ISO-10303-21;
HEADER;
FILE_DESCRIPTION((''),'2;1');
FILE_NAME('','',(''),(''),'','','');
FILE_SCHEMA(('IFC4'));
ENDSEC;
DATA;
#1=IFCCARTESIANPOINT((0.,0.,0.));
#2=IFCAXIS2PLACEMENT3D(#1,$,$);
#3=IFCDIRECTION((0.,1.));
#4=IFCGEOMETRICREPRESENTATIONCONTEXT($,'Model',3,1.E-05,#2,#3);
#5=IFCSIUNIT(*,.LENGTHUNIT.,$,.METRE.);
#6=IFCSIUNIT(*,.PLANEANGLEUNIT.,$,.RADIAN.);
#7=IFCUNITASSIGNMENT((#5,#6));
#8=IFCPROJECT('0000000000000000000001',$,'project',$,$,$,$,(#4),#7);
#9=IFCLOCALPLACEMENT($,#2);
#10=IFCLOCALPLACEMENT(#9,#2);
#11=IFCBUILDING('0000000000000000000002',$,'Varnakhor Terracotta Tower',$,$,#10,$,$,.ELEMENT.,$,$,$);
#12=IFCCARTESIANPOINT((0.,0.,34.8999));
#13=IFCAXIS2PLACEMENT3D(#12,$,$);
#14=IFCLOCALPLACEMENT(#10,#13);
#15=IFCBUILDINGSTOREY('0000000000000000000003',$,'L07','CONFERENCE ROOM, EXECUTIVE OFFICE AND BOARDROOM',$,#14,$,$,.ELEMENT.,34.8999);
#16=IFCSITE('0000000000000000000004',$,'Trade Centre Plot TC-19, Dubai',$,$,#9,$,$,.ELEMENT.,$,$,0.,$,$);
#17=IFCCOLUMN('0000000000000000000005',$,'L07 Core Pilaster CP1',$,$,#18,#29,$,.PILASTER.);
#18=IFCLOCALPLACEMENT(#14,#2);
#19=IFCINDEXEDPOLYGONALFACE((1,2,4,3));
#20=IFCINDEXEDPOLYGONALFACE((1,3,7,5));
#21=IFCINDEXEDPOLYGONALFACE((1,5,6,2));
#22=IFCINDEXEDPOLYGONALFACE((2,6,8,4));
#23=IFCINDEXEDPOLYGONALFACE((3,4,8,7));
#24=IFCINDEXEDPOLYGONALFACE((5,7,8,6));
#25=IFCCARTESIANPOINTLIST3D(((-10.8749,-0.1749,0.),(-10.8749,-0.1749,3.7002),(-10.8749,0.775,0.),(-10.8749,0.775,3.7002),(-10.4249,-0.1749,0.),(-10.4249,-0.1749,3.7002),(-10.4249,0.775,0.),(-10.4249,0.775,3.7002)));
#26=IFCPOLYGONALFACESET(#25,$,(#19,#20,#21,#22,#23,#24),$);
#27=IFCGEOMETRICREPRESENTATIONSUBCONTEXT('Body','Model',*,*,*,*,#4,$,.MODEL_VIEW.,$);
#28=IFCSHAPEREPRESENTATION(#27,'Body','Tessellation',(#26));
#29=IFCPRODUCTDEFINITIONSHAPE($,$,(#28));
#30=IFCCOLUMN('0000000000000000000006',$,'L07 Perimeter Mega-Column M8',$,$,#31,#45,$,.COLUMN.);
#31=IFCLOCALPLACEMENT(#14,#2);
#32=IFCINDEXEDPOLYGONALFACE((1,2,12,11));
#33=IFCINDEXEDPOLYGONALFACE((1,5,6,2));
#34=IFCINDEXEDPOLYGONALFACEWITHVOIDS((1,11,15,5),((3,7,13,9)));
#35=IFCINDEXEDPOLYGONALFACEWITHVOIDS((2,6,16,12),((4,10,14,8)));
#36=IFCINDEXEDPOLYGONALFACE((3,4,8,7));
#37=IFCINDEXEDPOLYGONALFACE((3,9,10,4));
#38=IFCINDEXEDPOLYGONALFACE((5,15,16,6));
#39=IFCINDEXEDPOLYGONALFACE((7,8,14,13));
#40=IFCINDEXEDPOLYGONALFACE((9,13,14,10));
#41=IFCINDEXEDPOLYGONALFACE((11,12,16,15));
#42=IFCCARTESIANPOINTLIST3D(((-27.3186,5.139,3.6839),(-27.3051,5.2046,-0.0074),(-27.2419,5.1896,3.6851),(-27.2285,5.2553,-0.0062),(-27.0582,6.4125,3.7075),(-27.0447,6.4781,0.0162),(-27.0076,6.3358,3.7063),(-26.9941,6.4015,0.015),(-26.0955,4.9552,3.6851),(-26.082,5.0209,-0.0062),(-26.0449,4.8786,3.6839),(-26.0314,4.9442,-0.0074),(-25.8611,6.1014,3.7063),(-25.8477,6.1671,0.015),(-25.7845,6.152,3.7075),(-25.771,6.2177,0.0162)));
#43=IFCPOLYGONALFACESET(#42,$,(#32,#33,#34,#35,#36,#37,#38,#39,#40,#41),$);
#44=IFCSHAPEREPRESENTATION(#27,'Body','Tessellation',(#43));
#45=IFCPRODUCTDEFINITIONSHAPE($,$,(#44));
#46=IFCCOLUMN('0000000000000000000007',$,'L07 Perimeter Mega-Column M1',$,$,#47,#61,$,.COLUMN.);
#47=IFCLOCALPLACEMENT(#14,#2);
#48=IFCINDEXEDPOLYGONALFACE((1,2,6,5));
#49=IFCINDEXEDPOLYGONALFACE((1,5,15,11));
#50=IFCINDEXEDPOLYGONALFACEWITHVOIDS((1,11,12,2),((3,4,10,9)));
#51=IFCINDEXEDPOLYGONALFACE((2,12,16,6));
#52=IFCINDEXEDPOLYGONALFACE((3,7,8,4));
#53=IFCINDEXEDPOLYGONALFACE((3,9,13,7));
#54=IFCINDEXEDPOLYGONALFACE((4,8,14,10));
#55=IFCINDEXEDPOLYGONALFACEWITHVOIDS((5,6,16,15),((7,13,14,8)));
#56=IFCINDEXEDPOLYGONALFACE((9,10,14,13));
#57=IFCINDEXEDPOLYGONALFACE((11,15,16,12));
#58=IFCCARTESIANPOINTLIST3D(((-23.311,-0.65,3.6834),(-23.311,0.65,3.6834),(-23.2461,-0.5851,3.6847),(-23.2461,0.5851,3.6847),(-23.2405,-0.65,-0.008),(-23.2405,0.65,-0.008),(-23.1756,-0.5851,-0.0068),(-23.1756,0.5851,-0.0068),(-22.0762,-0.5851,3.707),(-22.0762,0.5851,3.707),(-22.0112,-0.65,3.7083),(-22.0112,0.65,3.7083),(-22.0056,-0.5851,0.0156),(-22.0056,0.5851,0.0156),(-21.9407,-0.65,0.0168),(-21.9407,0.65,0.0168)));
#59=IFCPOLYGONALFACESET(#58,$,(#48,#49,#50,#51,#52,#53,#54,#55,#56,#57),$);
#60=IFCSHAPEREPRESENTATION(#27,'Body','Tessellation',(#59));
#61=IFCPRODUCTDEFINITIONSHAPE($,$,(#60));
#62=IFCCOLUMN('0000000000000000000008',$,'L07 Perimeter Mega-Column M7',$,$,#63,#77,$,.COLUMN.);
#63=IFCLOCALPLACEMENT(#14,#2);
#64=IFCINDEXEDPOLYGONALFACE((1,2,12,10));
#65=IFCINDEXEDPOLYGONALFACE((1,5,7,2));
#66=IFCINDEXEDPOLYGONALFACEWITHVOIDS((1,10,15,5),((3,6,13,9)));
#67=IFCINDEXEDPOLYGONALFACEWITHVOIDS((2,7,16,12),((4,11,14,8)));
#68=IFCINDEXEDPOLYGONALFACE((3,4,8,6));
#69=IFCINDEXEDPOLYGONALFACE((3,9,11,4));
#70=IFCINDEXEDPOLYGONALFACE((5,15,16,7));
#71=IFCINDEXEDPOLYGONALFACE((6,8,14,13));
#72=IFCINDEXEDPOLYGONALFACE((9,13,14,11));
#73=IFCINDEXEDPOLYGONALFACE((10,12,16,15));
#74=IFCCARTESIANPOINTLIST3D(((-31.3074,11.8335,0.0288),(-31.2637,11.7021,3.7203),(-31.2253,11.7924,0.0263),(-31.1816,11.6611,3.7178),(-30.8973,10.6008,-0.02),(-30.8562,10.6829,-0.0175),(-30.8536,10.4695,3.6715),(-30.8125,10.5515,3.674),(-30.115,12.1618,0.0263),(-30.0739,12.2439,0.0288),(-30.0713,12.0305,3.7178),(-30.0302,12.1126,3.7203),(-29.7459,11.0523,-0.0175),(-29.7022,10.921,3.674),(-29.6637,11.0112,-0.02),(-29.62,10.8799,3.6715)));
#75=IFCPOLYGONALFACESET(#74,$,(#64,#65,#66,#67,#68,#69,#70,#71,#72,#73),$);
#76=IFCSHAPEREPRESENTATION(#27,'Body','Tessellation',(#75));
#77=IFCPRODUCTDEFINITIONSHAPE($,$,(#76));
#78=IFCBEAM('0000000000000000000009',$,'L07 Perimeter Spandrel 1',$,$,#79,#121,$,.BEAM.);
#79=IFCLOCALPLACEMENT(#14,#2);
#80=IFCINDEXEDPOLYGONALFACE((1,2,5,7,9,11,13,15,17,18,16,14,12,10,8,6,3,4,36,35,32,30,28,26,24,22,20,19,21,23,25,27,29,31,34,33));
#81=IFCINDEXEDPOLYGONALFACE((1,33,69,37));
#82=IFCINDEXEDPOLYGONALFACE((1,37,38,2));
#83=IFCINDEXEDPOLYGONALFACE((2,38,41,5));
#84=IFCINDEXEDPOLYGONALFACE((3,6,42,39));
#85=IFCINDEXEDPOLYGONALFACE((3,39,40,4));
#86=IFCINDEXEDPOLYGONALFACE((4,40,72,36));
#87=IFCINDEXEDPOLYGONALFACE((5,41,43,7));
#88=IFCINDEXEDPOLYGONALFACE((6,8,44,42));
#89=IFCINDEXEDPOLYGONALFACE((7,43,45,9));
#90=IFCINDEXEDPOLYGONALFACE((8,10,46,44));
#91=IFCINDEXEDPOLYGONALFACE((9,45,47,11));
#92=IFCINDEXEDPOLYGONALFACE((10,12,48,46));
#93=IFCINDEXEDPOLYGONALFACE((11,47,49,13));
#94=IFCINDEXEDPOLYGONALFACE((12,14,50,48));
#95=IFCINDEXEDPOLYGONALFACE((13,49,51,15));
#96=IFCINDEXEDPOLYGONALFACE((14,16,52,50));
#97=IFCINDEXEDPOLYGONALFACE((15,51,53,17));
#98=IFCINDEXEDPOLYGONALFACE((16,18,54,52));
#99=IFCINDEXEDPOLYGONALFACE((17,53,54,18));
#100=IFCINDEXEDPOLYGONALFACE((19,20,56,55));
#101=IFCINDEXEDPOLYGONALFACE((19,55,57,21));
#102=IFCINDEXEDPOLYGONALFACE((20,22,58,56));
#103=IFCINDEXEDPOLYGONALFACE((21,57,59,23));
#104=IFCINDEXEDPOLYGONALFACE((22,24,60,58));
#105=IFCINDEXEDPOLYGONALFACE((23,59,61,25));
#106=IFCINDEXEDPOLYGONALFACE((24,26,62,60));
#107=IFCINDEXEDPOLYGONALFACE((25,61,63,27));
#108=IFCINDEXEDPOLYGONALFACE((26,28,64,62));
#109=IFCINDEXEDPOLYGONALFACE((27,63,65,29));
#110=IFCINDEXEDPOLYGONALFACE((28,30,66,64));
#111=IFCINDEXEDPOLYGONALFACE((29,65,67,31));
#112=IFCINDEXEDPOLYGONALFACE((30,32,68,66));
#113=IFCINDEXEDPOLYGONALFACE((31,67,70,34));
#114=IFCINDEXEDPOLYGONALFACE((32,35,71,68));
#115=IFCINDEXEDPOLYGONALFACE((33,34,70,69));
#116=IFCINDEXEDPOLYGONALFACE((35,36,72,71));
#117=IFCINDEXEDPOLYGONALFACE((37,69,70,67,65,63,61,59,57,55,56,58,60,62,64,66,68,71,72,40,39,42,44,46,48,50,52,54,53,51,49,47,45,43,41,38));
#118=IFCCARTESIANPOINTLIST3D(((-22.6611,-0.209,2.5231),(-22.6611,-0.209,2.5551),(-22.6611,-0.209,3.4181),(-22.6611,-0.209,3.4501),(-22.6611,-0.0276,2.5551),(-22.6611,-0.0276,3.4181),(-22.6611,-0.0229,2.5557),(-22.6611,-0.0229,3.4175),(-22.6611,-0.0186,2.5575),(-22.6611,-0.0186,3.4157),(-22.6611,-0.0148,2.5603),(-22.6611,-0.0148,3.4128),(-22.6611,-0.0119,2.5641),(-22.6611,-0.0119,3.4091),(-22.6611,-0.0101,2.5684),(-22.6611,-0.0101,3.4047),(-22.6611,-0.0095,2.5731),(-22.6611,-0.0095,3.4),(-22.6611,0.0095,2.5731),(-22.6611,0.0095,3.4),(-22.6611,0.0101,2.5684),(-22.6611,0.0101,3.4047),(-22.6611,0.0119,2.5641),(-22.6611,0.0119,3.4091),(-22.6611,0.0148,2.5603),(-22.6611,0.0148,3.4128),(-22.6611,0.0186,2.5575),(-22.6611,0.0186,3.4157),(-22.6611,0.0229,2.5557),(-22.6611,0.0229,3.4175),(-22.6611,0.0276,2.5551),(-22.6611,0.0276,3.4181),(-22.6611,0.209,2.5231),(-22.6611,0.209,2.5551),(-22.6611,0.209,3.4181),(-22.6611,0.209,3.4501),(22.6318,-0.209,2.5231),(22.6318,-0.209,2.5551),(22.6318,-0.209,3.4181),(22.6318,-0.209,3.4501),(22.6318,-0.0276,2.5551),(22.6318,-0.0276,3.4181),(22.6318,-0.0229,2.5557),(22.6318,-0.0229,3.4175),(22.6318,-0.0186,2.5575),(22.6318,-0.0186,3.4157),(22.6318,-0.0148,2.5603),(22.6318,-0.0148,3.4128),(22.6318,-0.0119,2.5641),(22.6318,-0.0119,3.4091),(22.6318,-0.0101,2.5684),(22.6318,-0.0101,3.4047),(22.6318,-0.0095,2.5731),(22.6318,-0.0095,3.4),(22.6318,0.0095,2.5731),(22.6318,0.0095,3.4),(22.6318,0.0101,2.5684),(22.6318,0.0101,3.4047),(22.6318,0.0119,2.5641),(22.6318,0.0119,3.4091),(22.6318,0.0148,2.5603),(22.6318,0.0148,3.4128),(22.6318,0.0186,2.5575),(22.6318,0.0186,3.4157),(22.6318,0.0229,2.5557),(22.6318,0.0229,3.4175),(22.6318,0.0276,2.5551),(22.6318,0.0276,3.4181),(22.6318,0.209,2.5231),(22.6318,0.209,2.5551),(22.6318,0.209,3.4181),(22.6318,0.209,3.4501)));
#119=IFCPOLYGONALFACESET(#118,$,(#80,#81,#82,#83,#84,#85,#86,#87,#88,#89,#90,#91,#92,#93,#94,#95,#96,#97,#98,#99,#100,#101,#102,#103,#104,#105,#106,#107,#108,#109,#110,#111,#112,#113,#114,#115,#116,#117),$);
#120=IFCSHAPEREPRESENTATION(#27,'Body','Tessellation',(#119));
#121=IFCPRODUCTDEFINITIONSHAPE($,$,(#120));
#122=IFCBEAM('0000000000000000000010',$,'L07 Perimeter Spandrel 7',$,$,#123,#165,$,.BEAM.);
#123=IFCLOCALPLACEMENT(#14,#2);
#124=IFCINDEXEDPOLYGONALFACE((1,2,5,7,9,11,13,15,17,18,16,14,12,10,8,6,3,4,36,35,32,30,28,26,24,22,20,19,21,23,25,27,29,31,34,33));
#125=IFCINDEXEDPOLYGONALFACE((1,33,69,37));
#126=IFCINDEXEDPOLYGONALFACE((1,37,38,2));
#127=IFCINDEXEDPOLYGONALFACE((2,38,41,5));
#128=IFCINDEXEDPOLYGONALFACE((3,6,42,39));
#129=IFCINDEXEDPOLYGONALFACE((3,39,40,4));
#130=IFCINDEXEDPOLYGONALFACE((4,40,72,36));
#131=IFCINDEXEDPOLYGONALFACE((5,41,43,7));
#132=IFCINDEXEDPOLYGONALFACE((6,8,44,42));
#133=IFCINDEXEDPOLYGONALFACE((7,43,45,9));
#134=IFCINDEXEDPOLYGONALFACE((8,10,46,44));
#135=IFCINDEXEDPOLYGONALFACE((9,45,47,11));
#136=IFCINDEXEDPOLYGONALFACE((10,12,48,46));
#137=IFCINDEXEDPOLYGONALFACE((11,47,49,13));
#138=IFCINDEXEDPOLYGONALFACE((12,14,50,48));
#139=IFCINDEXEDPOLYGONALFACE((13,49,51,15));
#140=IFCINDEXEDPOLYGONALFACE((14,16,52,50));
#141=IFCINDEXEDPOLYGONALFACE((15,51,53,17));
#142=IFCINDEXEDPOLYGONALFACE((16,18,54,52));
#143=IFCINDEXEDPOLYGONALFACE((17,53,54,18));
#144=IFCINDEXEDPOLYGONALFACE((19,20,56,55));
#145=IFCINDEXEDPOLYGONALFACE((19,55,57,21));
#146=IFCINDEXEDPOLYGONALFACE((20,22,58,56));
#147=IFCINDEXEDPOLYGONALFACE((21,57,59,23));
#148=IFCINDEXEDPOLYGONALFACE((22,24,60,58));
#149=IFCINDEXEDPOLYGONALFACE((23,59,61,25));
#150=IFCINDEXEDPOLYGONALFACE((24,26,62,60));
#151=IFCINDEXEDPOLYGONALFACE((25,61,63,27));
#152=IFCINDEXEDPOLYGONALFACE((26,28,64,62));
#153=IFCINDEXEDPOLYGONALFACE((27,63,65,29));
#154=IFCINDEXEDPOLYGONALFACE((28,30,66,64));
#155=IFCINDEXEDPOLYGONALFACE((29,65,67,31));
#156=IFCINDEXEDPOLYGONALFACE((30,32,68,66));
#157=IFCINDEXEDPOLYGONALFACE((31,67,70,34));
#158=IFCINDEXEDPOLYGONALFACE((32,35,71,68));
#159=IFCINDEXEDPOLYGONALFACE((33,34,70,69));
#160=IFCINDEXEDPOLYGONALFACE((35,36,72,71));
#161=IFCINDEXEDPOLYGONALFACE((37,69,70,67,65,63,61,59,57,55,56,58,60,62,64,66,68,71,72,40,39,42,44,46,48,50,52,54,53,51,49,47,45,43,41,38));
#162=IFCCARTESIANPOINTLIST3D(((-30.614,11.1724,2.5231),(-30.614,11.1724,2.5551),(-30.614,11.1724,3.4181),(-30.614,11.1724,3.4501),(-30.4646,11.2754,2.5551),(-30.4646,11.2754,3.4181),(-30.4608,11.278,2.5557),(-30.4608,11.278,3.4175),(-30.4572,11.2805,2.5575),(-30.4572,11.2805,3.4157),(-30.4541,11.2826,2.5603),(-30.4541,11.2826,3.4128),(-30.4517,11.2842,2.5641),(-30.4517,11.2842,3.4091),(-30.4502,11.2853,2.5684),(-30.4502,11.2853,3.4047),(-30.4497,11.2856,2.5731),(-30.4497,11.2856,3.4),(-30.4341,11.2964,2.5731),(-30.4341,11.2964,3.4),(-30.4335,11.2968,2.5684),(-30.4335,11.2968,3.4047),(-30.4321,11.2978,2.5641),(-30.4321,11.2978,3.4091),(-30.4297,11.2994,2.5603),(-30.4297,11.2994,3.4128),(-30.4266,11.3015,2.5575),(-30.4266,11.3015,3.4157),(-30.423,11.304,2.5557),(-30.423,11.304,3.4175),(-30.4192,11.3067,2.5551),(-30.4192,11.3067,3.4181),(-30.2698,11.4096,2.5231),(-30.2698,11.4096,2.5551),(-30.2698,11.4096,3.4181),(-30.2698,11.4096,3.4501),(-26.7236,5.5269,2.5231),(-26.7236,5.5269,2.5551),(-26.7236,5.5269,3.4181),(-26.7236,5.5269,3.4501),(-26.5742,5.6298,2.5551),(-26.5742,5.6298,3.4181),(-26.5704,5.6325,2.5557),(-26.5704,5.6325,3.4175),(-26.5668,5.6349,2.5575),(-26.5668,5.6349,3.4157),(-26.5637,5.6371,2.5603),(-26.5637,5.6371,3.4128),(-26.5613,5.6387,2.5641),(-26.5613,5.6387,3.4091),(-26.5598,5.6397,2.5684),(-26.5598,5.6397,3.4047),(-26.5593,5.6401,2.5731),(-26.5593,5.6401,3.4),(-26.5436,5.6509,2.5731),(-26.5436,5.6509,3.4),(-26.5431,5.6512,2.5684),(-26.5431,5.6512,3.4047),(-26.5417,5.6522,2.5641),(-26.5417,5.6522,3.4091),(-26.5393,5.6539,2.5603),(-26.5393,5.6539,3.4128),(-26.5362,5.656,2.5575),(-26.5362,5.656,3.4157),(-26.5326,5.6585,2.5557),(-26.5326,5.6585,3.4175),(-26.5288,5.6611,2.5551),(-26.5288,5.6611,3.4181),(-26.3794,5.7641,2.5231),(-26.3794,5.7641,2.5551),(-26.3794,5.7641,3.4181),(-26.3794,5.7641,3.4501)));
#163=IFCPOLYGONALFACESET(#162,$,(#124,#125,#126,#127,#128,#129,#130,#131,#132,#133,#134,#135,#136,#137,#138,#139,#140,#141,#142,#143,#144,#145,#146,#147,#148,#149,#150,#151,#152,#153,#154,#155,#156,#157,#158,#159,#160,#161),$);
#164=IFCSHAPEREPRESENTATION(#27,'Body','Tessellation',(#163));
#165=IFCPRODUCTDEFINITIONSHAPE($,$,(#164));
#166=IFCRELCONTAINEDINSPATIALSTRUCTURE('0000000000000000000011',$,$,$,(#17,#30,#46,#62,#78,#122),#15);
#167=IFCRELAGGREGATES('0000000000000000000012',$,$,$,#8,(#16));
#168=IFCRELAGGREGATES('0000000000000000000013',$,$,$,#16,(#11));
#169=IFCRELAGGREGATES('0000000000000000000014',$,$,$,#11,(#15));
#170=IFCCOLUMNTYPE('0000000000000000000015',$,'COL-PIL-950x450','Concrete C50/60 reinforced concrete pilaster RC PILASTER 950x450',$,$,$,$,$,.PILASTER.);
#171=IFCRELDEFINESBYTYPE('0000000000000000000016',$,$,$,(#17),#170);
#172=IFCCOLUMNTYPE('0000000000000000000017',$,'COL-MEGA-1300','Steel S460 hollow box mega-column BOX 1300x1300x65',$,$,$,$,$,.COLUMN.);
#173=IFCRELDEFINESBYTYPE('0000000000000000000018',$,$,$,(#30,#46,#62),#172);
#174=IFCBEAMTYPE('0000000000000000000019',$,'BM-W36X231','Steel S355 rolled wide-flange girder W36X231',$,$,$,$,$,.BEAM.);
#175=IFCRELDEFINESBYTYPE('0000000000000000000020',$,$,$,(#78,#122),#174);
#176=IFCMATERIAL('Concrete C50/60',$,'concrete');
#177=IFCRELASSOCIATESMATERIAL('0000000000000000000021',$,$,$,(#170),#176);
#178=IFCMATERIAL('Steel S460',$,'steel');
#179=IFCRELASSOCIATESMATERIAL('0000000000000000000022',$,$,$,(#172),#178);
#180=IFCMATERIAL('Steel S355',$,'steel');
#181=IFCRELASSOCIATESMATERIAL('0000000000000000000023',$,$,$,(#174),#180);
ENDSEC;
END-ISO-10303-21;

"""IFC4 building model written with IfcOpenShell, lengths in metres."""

from ifc_helpers import new_model, si_unit, direction, frame, origin, origin_2d, place, context, subcontext, project, spatial, rectangle, hollow_rectangle, i_section, extrude, source, transform, mapped, material, material_profile, profile_set, type_object, type_shapes, element, save


model = new_model("IFC4")

# Units and contexts
model_context = context("Model", 3, precision=1e-05, world=origin(), true_north=direction((0.0, 1.0)))
body_context = subcontext(model_context, "Body", "Model", "MODEL_VIEW")
ifc_project = project(units=[si_unit("LENGTHUNIT", "METRE"), si_unit("PLANEANGLEUNIT", "RADIAN")], contexts=[model_context])

# Site, building, storey
site_placement = place(None, origin())
site = spatial("IfcSite", under=ifc_project, at=site_placement, Name="Trade Centre Plot TC-19, Dubai", CompositionType="ELEMENT", RefElevation=0.0)
building_placement = place(site_placement, origin())
building = spatial("IfcBuilding", under=site, at=building_placement, Name="Varnakhor Terracotta Tower", CompositionType="ELEMENT")
storey_placement = place(building_placement, frame((0.0, 0.0, 34.8999)))
storey = spatial("IfcBuildingStorey", under=building, at=storey_placement, Name="L07", Description="CONFERENCE ROOM, EXECUTIVE OFFICE AND BOARDROOM", CompositionType="ELEMENT", Elevation=34.8999)

# Columns
ifc_material_1 = material(Name="Concrete C50/60", Category="concrete")
ifc_material_profile_1 = material_profile(ifc_material_1, rectangle(XDim=0.45, YDim=0.95, at=origin_2d()), Name="RC PILASTER 950x450")
ifc_profile_set_1 = profile_set([ifc_material_profile_1], Name="Concrete C50/60")
column_type_1 = type_object("IfcColumnType", Name="COL-PIL-950x450", Description="Concrete C50/60 reinforced concrete pilaster RC PILASTER 950x450", PredefinedType="PILASTER", material=ifc_profile_set_1)
shared_shape_1 = source(origin(), body_context, "Body", "SweptSolid", [
    extrude(rectangle(XDim=0.45, YDim=0.95, at=origin_2d()), origin(), (0.0, 0.0, 1.0), 3.7002),
])
column_1_placement = place(storey_placement, frame((-10.6499, 0.3, 0.0), z_axis=(0.0, 0.0, 1.0), x_axis=(1.0, 0.0, 0.0)))
element("IfcColumn", 1, at=column_1_placement, inside=storey, type_object=column_type_1, Name="L07 Core Pilaster CP1", PredefinedType="PILASTER", context=body_context, shape_type="MappedRepresentation", body=[
    mapped(shared_shape_1, transform((0.0, 0.0, 0.0), scale=1.0)),
])
ifc_material_2 = material(Name="Steel S460", Category="steel")
ifc_material_profile_2 = material_profile(ifc_material_2, hollow_rectangle(XDim=1.3, YDim=1.3, WallThickness=0.0649, at=origin_2d()), Name="BOX 1300x1300x65")
ifc_profile_set_2 = profile_set([ifc_material_profile_2], Name="Steel S460")
column_type_2 = type_object("IfcColumnType", Name="COL-MEGA-1300", Description="Steel S460 hollow box mega-column BOX 1300x1300x65", PredefinedType="COLUMN", material=ifc_profile_set_2)
shared_shape_2 = source(origin(), body_context, "Body", "SweptSolid", [
    extrude(hollow_rectangle(XDim=1.3, YDim=1.3, WallThickness=0.0649, at=origin_2d()), origin(), (0.0, 0.0, 1.0), 3.6919),
])
type_shapes(column_type_2, [shared_shape_2])
column_2_placement = place(storey_placement, frame((-26.5381, 5.7112, 0.0044), z_axis=(-0.003637, -0.017788, 0.999835), x_axis=(0.979731, -0.200317, 0.0)))
element("IfcColumn", 2, at=column_2_placement, inside=storey, type_object=column_type_2, Name="L07 Perimeter Mega-Column M8", PredefinedType="COLUMN", context=body_context, shape_type="MappedRepresentation", body=[
    mapped(shared_shape_2, transform((0.0, 0.0, 0.0), scale=1.0)),
])
shared_shape_3 = source(origin(), body_context, "Body", "SweptSolid", [
    extrude(hollow_rectangle(XDim=1.3, YDim=1.3, WallThickness=0.0649, at=origin_2d()), origin(), (0.0, 0.0, 1.0), 3.6921),
])
column_3_placement = place(storey_placement, frame((-22.5906, 0.0, 0.0044), z_axis=(-0.01911, 0.0, 0.999817), x_axis=(0.0, -1.0, 0.0)))
element("IfcColumn", 3, at=column_3_placement, inside=storey, type_object=column_type_2, Name="L07 Perimeter Mega-Column M1", PredefinedType="COLUMN", context=body_context, shape_type="MappedRepresentation", body=[
    mapped(shared_shape_3, transform((0.0, 0.0, 0.0), scale=1.0)),
])
shared_shape_4 = source(origin(), body_context, "Body", "SweptSolid", [
    extrude(hollow_rectangle(XDim=1.3, YDim=1.3, WallThickness=0.0649, at=origin_2d()), origin(), (0.0, 0.0, 1.0), 3.6941),
])
column_4_placement = place(storey_placement, frame((-30.4856, 11.4224, 0.0044), z_axis=(0.01183, -0.035557, 0.999298), x_axis=(0.94886, 0.315699, 0.0)))
element("IfcColumn", 4, at=column_4_placement, inside=storey, type_object=column_type_2, Name="L07 Perimeter Mega-Column M7", PredefinedType="COLUMN", context=body_context, shape_type="MappedRepresentation", body=[
    mapped(shared_shape_4, transform((0.0, 0.0, 0.0), scale=1.0)),
])

# Beams
ifc_material_3 = material(Name="Steel S355", Category="steel")
ifc_material_profile_3 = material_profile(ifc_material_3, i_section(OverallWidth=0.418, OverallDepth=0.927, WebThickness=0.019, FlangeThickness=0.032, FilletRadius=0.0181, at=origin_2d()), Name="W36X231")
ifc_profile_set_3 = profile_set([ifc_material_profile_3], Name="Steel S355")
beam_type_1 = type_object("IfcBeamType", Name="BM-W36X231", Description="Steel S355 rolled wide-flange girder W36X231", PredefinedType="BEAM", material=ifc_profile_set_3)
shared_shape_5 = source(origin(), body_context, "Body", "SweptSolid", [
    extrude(i_section(OverallWidth=0.418, OverallDepth=0.927, WebThickness=0.019, FlangeThickness=0.032, FilletRadius=0.0181, at=origin_2d()), origin(), (0.0, 0.0, 1.0), 45.293),
])
beam_1_placement = place(storey_placement, frame((-22.6611, 0.0, 2.9866), z_axis=(1.0, 0.0, 0.0), x_axis=(0.0, 1.0, 0.0)))
element("IfcBeam", 5, at=beam_1_placement, inside=storey, type_object=beam_type_1, Name="L07 Perimeter Spandrel 1", PredefinedType="BEAM", context=body_context, shape_type="MappedRepresentation", body=[
    mapped(shared_shape_5, transform((0.0, 0.0, 0.0), scale=1.0)),
])
shared_shape_6 = source(origin(), body_context, "Body", "SweptSolid", [
    extrude(i_section(OverallWidth=0.418, OverallDepth=0.927, WebThickness=0.019, FlangeThickness=0.032, FilletRadius=0.0181, at=origin_2d()), origin(), (0.0, 0.0, 1.0), 6.8562),
])
for number, where, z_axis, x_axis, name in (
    (6, (-30.4419, 11.291, 2.9866), (0.567429, -0.823422, 0.0), (0.823422, 0.567429, 0.0), "L07 Perimeter Spandrel 7"),
):
    element("IfcBeam", number, at=place(storey_placement, frame(where, z_axis=z_axis, x_axis=x_axis)), inside=storey, type_object=beam_type_1, Name=name, PredefinedType="BEAM", context=body_context, shape_type="MappedRepresentation", body=[
        mapped(shared_shape_6, transform((0.0, 0.0, 0.0), scale=1.0)),
    ])

save(model, "model.ifc")
